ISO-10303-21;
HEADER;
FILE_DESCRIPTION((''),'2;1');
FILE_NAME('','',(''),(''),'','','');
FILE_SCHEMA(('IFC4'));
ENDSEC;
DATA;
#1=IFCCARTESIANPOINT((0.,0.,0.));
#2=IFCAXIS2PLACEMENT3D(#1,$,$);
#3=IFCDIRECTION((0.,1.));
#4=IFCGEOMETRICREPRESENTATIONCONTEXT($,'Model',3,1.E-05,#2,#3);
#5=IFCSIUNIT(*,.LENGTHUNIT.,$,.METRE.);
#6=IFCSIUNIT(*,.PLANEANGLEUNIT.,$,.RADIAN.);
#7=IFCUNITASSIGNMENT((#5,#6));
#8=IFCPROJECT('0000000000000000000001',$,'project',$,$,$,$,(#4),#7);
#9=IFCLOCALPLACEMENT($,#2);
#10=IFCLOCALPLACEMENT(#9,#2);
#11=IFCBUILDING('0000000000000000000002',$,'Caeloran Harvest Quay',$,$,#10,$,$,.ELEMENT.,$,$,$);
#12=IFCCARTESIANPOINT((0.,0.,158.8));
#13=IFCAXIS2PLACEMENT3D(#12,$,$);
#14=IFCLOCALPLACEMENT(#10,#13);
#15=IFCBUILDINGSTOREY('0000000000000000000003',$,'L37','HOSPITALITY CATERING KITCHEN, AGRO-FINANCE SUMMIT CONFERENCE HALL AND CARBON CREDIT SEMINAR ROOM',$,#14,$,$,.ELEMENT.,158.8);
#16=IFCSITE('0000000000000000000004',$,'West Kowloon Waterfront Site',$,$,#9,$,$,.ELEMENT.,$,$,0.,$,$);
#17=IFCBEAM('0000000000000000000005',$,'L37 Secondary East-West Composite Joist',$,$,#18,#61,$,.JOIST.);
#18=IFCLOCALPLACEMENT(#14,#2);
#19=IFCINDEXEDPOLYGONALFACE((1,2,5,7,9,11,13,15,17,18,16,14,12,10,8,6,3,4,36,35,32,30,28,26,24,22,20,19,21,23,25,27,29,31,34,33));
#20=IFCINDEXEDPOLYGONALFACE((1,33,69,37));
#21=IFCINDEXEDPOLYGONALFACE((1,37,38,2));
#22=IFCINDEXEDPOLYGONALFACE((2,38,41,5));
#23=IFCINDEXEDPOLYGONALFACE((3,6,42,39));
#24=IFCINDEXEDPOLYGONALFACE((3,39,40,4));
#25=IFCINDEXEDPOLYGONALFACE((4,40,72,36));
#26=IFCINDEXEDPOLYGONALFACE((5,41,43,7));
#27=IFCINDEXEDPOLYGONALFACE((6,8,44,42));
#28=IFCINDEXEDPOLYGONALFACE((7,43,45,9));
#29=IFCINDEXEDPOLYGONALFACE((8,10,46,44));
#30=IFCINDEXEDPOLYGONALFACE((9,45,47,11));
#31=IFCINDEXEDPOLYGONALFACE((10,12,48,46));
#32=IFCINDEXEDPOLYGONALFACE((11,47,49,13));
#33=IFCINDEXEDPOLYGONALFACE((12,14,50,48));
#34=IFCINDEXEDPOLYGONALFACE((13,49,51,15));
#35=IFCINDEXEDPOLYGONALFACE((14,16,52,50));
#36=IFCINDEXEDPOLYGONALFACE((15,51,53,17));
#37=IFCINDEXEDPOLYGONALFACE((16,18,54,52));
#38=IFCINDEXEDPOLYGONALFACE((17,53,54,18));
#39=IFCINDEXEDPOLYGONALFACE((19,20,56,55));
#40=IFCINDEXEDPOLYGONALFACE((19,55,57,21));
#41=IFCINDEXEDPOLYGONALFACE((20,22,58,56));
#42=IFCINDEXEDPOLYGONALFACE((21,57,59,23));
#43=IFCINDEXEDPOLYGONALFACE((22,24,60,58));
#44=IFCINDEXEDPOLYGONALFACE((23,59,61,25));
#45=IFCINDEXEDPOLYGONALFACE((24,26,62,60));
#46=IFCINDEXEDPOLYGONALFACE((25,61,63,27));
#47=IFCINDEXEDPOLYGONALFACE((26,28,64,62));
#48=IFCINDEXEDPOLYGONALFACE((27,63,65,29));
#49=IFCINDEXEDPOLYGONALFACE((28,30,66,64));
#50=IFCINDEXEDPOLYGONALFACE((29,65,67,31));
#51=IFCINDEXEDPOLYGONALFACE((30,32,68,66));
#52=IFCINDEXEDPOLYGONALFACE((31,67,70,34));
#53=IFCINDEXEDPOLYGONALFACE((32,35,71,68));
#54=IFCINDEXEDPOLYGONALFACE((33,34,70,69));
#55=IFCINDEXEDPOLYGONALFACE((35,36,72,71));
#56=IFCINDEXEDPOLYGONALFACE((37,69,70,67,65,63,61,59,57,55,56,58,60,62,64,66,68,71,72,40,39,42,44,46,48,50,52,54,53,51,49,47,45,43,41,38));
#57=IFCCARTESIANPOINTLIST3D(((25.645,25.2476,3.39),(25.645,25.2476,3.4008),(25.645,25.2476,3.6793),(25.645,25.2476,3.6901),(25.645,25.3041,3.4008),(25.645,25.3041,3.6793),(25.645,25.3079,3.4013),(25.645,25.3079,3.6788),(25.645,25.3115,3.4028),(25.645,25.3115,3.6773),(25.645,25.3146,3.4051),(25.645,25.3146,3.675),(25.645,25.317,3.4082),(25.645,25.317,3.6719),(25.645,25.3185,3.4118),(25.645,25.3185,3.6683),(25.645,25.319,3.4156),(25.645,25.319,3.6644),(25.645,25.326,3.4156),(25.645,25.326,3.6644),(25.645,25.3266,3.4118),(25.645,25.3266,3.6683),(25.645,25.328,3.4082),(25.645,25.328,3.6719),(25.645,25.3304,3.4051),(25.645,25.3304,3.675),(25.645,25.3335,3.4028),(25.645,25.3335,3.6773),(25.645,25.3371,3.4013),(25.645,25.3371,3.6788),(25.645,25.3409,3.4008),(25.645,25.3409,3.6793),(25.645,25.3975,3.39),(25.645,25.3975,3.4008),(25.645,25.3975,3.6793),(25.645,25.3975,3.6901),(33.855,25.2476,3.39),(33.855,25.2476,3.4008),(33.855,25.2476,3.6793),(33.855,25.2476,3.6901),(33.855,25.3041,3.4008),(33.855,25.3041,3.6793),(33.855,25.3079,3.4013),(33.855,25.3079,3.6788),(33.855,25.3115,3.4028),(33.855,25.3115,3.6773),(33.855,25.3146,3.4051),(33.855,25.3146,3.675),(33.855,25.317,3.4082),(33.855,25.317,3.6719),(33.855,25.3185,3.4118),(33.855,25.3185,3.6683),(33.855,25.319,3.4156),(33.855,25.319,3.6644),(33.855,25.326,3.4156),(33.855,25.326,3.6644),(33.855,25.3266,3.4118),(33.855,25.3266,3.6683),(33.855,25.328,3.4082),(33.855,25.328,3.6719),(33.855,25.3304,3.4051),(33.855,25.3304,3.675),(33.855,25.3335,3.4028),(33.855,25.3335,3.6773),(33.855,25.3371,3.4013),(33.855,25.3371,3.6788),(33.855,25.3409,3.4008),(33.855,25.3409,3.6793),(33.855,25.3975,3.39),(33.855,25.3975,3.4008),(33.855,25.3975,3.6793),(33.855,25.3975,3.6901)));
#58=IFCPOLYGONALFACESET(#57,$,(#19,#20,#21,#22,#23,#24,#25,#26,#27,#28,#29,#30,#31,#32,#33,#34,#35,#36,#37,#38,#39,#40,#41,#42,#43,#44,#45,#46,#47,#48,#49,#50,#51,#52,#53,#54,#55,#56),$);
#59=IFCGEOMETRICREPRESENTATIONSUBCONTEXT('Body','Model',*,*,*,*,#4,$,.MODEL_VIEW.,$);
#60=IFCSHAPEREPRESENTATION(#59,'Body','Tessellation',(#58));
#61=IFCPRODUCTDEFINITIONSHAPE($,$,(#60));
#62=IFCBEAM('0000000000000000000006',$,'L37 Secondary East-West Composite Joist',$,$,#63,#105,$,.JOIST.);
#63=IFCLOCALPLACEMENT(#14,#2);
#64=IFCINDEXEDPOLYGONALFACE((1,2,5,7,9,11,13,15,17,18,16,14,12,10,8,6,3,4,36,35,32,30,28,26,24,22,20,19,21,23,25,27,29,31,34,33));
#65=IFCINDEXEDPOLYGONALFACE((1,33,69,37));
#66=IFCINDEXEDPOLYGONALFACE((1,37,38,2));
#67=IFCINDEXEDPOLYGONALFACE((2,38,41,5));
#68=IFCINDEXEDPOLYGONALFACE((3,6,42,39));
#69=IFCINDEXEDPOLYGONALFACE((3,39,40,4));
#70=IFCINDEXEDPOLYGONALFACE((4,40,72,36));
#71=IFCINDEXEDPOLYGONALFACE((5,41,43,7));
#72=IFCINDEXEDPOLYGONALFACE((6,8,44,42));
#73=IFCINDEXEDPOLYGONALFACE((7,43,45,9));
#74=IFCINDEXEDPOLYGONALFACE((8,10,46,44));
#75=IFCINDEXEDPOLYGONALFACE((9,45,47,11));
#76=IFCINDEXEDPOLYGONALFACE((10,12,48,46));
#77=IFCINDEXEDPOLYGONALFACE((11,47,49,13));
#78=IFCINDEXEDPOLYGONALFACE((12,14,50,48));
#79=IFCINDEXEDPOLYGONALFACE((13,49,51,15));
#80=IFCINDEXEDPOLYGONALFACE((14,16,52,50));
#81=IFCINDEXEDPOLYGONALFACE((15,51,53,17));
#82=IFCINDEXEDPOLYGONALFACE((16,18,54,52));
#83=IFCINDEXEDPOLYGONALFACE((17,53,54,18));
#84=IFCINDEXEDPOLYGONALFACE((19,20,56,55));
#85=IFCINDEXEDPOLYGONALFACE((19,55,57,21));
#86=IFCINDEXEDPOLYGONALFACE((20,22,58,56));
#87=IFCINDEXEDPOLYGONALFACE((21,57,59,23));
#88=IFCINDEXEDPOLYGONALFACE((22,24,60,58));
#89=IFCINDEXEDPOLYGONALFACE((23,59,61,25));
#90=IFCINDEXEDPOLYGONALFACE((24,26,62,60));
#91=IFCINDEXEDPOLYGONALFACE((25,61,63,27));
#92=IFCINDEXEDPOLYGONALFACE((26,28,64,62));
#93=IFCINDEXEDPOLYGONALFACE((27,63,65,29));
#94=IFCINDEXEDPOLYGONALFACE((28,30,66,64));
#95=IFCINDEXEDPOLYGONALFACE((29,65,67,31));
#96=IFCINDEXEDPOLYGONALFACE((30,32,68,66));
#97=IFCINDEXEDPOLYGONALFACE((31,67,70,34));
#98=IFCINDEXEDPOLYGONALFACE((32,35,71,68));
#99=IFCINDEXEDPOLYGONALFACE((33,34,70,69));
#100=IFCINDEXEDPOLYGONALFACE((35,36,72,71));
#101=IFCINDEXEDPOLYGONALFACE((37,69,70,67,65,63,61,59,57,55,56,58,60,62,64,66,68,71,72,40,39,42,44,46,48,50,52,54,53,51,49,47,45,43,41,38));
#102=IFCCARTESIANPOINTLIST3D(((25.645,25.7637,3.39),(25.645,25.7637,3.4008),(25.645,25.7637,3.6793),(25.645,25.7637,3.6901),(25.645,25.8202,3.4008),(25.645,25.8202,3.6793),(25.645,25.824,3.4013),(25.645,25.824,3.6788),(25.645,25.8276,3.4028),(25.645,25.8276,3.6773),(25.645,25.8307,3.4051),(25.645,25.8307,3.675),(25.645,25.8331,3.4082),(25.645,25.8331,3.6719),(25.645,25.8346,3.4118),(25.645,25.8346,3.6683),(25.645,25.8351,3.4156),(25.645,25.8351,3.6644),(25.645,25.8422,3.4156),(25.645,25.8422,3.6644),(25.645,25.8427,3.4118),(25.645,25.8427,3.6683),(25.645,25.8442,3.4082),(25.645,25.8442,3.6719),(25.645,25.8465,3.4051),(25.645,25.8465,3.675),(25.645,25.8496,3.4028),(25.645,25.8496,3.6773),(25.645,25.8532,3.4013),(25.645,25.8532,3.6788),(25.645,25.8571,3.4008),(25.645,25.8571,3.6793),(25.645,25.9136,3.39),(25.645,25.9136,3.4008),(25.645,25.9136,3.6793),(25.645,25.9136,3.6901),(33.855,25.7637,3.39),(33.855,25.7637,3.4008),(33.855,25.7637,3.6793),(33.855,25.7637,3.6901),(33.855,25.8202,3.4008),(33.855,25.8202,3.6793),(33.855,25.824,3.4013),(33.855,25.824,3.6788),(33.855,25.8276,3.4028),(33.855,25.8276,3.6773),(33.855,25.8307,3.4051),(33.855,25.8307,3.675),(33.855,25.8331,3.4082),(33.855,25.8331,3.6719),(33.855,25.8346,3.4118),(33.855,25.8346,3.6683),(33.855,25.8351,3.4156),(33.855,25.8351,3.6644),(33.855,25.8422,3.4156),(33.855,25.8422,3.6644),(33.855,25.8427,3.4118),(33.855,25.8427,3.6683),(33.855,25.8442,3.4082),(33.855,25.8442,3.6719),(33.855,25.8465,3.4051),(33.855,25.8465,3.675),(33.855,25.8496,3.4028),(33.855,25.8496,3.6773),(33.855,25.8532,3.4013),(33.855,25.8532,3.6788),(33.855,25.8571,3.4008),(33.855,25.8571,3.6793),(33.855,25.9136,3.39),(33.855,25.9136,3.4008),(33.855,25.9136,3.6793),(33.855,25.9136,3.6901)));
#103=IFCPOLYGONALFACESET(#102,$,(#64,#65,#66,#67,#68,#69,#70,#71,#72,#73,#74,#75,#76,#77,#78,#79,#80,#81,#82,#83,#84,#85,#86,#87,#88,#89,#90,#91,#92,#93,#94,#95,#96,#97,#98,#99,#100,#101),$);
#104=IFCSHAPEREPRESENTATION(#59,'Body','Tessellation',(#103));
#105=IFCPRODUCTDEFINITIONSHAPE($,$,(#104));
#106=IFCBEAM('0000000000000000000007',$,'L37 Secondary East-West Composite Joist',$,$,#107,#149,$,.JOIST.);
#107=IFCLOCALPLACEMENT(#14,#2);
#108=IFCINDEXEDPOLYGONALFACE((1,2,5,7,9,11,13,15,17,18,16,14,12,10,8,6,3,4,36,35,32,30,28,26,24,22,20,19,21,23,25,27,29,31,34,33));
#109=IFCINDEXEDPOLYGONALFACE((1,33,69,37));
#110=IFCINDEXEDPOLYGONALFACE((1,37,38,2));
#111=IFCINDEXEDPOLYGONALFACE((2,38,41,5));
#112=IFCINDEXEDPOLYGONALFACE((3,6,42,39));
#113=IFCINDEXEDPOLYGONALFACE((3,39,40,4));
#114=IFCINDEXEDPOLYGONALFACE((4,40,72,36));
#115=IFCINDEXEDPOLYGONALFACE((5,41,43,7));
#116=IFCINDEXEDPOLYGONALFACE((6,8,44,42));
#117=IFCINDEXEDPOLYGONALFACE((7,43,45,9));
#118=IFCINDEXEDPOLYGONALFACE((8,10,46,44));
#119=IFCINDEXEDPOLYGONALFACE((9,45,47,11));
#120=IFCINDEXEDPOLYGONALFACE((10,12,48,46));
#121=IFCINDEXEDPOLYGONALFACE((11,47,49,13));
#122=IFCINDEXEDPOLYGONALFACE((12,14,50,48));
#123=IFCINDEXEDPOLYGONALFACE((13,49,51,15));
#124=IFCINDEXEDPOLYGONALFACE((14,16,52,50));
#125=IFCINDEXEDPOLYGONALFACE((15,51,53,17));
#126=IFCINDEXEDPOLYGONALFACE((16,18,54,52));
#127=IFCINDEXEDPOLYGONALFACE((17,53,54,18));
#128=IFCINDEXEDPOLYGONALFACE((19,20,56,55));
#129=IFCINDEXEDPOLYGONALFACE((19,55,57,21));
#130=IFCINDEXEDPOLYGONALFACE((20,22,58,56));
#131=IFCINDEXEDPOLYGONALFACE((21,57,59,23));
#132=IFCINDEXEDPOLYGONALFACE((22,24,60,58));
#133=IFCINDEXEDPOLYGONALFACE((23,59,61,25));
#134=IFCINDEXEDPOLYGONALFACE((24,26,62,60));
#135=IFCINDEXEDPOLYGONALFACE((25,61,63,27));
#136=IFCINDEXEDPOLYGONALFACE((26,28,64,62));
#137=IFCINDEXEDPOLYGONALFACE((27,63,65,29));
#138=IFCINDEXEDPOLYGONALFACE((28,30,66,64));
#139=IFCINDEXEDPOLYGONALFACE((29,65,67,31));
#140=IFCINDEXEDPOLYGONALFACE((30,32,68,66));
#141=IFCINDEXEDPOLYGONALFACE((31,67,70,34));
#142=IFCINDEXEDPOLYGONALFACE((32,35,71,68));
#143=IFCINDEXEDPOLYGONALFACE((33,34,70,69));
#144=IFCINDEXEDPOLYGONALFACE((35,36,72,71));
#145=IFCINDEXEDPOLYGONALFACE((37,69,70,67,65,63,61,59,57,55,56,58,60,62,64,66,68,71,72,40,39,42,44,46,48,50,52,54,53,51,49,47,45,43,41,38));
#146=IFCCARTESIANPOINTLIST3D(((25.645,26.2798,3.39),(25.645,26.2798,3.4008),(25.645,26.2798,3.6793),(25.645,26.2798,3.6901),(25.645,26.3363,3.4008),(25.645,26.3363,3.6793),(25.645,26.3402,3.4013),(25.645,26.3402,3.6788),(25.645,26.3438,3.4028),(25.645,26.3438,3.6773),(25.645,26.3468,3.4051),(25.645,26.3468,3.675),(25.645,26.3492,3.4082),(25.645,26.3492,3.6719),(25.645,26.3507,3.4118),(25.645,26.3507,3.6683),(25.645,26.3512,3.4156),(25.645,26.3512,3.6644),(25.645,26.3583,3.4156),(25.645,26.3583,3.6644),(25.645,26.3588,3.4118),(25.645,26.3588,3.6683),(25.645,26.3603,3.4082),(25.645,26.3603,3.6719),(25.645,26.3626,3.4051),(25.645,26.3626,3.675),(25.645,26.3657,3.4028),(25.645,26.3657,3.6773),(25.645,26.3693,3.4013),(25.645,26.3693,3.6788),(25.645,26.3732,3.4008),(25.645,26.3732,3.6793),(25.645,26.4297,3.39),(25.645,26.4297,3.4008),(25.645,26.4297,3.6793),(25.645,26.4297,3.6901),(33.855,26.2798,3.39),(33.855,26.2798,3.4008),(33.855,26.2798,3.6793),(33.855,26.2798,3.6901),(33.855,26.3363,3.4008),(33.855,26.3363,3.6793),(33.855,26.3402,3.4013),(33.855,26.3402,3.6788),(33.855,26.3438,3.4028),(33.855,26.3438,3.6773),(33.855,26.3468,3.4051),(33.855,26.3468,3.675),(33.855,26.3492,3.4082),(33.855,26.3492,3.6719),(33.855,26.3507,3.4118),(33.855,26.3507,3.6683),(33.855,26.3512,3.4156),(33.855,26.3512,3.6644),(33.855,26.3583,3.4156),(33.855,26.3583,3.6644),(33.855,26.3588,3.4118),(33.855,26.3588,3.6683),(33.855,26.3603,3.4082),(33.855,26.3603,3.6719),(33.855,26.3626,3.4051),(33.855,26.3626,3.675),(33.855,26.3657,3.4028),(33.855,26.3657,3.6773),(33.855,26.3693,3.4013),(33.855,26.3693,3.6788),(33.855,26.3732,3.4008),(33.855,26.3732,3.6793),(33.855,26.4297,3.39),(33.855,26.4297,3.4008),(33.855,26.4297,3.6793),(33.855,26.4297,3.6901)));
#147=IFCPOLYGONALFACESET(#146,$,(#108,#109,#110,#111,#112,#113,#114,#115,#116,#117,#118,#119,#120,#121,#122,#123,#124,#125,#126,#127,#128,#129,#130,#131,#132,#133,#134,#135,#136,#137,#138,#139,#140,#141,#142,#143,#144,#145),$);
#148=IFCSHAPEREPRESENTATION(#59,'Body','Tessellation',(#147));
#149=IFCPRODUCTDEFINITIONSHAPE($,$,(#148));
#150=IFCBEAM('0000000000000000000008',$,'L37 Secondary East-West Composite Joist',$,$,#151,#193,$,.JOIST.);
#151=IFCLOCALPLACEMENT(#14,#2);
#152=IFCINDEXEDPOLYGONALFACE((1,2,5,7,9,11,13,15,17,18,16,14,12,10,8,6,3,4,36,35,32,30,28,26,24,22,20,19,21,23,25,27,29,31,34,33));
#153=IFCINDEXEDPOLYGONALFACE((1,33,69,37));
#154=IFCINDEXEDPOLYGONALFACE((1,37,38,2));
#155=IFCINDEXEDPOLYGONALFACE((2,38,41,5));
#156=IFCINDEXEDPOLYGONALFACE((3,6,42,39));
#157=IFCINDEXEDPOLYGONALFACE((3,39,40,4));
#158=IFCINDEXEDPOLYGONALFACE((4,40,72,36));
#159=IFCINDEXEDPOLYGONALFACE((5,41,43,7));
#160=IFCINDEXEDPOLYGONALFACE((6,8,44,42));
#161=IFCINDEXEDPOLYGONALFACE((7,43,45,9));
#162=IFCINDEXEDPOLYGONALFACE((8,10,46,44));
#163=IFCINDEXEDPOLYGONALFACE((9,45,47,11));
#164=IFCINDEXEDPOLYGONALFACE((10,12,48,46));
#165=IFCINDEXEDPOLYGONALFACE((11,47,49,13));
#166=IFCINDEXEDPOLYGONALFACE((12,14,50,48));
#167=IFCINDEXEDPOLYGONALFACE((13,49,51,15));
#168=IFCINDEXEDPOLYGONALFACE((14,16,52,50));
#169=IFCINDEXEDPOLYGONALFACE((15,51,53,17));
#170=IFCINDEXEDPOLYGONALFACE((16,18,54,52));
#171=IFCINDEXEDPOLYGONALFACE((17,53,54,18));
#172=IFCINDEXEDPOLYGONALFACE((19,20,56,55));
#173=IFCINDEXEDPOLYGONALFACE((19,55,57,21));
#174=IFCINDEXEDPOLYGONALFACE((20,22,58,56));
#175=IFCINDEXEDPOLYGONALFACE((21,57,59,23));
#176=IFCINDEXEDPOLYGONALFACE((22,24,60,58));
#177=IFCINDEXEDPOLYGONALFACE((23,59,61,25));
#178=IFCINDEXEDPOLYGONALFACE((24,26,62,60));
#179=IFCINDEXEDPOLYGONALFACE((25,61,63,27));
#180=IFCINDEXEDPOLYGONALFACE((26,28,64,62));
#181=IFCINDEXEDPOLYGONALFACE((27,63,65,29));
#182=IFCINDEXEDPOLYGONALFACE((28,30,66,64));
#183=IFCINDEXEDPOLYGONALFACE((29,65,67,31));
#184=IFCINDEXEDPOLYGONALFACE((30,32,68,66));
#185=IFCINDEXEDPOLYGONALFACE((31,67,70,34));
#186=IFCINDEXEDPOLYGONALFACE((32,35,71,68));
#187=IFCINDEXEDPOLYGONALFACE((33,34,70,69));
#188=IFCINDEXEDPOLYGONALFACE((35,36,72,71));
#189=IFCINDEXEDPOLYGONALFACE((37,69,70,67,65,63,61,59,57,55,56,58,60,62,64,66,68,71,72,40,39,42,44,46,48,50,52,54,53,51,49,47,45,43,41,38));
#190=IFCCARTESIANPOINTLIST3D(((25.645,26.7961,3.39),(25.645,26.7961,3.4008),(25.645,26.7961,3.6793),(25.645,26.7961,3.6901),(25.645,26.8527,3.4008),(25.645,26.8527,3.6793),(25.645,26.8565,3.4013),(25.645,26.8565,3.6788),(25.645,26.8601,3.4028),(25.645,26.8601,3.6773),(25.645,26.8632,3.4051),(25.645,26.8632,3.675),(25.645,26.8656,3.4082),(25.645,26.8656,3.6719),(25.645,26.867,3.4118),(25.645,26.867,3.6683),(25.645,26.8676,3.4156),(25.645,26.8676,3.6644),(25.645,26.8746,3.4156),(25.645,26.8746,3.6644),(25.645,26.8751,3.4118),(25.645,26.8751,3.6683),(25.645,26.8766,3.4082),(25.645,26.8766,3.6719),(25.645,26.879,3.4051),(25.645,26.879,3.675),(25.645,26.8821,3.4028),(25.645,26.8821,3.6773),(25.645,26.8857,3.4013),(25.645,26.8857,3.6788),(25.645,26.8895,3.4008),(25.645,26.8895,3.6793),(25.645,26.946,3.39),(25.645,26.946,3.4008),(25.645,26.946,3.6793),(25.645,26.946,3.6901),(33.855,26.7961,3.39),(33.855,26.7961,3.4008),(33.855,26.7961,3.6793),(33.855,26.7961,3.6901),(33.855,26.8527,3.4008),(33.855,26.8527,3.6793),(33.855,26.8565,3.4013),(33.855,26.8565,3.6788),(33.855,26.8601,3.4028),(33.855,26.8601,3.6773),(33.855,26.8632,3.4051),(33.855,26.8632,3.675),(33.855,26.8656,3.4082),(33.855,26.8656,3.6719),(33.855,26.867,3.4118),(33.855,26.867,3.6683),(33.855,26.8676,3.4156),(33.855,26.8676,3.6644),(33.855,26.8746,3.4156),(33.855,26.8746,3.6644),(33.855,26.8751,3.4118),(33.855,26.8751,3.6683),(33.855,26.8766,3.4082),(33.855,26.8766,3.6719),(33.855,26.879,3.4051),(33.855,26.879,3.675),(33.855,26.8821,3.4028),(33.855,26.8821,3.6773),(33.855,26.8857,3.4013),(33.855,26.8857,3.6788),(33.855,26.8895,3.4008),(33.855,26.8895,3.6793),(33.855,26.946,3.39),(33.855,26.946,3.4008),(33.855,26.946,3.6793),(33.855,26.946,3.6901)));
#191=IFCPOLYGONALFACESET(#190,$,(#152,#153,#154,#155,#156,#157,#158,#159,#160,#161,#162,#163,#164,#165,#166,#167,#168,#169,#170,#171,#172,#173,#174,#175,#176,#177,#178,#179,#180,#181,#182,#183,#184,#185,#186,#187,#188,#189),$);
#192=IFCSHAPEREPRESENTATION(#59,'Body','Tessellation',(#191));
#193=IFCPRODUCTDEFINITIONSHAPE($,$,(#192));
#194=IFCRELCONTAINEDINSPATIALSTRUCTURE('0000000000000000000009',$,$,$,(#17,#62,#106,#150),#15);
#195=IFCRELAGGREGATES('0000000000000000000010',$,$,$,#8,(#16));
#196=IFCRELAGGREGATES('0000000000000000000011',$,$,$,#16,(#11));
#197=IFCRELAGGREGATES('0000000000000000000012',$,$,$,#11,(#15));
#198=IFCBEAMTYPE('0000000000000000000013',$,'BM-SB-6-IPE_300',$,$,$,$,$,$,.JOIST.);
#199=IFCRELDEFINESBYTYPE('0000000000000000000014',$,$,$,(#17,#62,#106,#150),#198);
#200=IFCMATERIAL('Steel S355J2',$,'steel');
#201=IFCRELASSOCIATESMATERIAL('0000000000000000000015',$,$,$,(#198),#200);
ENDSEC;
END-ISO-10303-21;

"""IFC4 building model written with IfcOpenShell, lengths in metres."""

from ifc_helpers import new_model, si_unit, direction, frame, origin, origin_2d, place, context, subcontext, project, spatial, i_section, extrude, material, material_profile, profile_set, type_object, element, save


model = new_model("IFC4")

# Units and contexts
model_context = context("Model", 3, precision=1e-05, world=origin(), true_north=direction((0.0, 1.0)))
body_context = subcontext(model_context, "Body", "Model", "MODEL_VIEW")
ifc_project = project(units=[si_unit("LENGTHUNIT", "METRE"), si_unit("PLANEANGLEUNIT", "RADIAN")], contexts=[model_context])

# Site, building, storey
site_placement = place(None, origin())
site = spatial("IfcSite", under=ifc_project, at=site_placement, Name="West Kowloon Waterfront Site", CompositionType="ELEMENT", RefElevation=0.0)
building_placement = place(site_placement, origin())
building = spatial("IfcBuilding", under=site, at=building_placement, Name="Caeloran Harvest Quay", CompositionType="ELEMENT")
storey_placement = place(building_placement, frame((0.0, 0.0, 158.8)))
storey = spatial("IfcBuildingStorey", under=building, at=storey_placement, Name="L37", Description="HOSPITALITY CATERING KITCHEN, AGRO-FINANCE SUMMIT CONFERENCE HALL AND CARBON CREDIT SEMINAR ROOM", CompositionType="ELEMENT", Elevation=158.8)

# Beams
ifc_material_1 = material(Name="Steel S355J2", Category="steel")
ifc_material_profile_1 = material_profile(ifc_material_1, i_section(OverallWidth=0.1499, OverallDepth=0.3, WebThickness=0.0071, FlangeThickness=0.0107, FilletRadius=0.0149, at=origin_2d()), Name="IPE 300")
ifc_profile_set_1 = profile_set([ifc_material_profile_1], Name="Steel S355J2")
beam_type_1 = type_object("IfcBeamType", Name="BM-SB-6-IPE_300", PredefinedType="JOIST", material=ifc_profile_set_1)
for number, where, z_axis, x_axis, name in (
    (1, (25.645, 25.3225, 3.54), (1.0, 0.0, 0.0), (0.0, 1.0, 0.0), "L37 Secondary East-West Composite Joist"),
    (2, (25.645, 25.8386, 3.54), (1.0, 0.0, 0.0), (0.0, 1.0, 0.0), "L37 Secondary East-West Composite Joist"),
    (3, (25.645, 26.3547, 3.54), (1.0, 0.0, 0.0), (0.0, 1.0, 0.0), "L37 Secondary East-West Composite Joist"),
    (4, (25.645, 26.8711, 3.54), (1.0, 0.0, 0.0), (0.0, 1.0, 0.0), "L37 Secondary East-West Composite Joist"),
):
    element("IfcBeam", number, at=place(storey_placement, frame(where, z_axis=z_axis, x_axis=x_axis)), inside=storey, type_object=beam_type_1, Name=name, PredefinedType="JOIST", context=body_context, shape_type="SweptSolid", body=[
        extrude(i_section(OverallWidth=0.1499, OverallDepth=0.3, WebThickness=0.0071, FlangeThickness=0.0107, FilletRadius=0.0149, at=origin_2d()), origin(), (0.0, 0.0, 1.0), 8.21),
    ])

save(model, "model.ifc")
